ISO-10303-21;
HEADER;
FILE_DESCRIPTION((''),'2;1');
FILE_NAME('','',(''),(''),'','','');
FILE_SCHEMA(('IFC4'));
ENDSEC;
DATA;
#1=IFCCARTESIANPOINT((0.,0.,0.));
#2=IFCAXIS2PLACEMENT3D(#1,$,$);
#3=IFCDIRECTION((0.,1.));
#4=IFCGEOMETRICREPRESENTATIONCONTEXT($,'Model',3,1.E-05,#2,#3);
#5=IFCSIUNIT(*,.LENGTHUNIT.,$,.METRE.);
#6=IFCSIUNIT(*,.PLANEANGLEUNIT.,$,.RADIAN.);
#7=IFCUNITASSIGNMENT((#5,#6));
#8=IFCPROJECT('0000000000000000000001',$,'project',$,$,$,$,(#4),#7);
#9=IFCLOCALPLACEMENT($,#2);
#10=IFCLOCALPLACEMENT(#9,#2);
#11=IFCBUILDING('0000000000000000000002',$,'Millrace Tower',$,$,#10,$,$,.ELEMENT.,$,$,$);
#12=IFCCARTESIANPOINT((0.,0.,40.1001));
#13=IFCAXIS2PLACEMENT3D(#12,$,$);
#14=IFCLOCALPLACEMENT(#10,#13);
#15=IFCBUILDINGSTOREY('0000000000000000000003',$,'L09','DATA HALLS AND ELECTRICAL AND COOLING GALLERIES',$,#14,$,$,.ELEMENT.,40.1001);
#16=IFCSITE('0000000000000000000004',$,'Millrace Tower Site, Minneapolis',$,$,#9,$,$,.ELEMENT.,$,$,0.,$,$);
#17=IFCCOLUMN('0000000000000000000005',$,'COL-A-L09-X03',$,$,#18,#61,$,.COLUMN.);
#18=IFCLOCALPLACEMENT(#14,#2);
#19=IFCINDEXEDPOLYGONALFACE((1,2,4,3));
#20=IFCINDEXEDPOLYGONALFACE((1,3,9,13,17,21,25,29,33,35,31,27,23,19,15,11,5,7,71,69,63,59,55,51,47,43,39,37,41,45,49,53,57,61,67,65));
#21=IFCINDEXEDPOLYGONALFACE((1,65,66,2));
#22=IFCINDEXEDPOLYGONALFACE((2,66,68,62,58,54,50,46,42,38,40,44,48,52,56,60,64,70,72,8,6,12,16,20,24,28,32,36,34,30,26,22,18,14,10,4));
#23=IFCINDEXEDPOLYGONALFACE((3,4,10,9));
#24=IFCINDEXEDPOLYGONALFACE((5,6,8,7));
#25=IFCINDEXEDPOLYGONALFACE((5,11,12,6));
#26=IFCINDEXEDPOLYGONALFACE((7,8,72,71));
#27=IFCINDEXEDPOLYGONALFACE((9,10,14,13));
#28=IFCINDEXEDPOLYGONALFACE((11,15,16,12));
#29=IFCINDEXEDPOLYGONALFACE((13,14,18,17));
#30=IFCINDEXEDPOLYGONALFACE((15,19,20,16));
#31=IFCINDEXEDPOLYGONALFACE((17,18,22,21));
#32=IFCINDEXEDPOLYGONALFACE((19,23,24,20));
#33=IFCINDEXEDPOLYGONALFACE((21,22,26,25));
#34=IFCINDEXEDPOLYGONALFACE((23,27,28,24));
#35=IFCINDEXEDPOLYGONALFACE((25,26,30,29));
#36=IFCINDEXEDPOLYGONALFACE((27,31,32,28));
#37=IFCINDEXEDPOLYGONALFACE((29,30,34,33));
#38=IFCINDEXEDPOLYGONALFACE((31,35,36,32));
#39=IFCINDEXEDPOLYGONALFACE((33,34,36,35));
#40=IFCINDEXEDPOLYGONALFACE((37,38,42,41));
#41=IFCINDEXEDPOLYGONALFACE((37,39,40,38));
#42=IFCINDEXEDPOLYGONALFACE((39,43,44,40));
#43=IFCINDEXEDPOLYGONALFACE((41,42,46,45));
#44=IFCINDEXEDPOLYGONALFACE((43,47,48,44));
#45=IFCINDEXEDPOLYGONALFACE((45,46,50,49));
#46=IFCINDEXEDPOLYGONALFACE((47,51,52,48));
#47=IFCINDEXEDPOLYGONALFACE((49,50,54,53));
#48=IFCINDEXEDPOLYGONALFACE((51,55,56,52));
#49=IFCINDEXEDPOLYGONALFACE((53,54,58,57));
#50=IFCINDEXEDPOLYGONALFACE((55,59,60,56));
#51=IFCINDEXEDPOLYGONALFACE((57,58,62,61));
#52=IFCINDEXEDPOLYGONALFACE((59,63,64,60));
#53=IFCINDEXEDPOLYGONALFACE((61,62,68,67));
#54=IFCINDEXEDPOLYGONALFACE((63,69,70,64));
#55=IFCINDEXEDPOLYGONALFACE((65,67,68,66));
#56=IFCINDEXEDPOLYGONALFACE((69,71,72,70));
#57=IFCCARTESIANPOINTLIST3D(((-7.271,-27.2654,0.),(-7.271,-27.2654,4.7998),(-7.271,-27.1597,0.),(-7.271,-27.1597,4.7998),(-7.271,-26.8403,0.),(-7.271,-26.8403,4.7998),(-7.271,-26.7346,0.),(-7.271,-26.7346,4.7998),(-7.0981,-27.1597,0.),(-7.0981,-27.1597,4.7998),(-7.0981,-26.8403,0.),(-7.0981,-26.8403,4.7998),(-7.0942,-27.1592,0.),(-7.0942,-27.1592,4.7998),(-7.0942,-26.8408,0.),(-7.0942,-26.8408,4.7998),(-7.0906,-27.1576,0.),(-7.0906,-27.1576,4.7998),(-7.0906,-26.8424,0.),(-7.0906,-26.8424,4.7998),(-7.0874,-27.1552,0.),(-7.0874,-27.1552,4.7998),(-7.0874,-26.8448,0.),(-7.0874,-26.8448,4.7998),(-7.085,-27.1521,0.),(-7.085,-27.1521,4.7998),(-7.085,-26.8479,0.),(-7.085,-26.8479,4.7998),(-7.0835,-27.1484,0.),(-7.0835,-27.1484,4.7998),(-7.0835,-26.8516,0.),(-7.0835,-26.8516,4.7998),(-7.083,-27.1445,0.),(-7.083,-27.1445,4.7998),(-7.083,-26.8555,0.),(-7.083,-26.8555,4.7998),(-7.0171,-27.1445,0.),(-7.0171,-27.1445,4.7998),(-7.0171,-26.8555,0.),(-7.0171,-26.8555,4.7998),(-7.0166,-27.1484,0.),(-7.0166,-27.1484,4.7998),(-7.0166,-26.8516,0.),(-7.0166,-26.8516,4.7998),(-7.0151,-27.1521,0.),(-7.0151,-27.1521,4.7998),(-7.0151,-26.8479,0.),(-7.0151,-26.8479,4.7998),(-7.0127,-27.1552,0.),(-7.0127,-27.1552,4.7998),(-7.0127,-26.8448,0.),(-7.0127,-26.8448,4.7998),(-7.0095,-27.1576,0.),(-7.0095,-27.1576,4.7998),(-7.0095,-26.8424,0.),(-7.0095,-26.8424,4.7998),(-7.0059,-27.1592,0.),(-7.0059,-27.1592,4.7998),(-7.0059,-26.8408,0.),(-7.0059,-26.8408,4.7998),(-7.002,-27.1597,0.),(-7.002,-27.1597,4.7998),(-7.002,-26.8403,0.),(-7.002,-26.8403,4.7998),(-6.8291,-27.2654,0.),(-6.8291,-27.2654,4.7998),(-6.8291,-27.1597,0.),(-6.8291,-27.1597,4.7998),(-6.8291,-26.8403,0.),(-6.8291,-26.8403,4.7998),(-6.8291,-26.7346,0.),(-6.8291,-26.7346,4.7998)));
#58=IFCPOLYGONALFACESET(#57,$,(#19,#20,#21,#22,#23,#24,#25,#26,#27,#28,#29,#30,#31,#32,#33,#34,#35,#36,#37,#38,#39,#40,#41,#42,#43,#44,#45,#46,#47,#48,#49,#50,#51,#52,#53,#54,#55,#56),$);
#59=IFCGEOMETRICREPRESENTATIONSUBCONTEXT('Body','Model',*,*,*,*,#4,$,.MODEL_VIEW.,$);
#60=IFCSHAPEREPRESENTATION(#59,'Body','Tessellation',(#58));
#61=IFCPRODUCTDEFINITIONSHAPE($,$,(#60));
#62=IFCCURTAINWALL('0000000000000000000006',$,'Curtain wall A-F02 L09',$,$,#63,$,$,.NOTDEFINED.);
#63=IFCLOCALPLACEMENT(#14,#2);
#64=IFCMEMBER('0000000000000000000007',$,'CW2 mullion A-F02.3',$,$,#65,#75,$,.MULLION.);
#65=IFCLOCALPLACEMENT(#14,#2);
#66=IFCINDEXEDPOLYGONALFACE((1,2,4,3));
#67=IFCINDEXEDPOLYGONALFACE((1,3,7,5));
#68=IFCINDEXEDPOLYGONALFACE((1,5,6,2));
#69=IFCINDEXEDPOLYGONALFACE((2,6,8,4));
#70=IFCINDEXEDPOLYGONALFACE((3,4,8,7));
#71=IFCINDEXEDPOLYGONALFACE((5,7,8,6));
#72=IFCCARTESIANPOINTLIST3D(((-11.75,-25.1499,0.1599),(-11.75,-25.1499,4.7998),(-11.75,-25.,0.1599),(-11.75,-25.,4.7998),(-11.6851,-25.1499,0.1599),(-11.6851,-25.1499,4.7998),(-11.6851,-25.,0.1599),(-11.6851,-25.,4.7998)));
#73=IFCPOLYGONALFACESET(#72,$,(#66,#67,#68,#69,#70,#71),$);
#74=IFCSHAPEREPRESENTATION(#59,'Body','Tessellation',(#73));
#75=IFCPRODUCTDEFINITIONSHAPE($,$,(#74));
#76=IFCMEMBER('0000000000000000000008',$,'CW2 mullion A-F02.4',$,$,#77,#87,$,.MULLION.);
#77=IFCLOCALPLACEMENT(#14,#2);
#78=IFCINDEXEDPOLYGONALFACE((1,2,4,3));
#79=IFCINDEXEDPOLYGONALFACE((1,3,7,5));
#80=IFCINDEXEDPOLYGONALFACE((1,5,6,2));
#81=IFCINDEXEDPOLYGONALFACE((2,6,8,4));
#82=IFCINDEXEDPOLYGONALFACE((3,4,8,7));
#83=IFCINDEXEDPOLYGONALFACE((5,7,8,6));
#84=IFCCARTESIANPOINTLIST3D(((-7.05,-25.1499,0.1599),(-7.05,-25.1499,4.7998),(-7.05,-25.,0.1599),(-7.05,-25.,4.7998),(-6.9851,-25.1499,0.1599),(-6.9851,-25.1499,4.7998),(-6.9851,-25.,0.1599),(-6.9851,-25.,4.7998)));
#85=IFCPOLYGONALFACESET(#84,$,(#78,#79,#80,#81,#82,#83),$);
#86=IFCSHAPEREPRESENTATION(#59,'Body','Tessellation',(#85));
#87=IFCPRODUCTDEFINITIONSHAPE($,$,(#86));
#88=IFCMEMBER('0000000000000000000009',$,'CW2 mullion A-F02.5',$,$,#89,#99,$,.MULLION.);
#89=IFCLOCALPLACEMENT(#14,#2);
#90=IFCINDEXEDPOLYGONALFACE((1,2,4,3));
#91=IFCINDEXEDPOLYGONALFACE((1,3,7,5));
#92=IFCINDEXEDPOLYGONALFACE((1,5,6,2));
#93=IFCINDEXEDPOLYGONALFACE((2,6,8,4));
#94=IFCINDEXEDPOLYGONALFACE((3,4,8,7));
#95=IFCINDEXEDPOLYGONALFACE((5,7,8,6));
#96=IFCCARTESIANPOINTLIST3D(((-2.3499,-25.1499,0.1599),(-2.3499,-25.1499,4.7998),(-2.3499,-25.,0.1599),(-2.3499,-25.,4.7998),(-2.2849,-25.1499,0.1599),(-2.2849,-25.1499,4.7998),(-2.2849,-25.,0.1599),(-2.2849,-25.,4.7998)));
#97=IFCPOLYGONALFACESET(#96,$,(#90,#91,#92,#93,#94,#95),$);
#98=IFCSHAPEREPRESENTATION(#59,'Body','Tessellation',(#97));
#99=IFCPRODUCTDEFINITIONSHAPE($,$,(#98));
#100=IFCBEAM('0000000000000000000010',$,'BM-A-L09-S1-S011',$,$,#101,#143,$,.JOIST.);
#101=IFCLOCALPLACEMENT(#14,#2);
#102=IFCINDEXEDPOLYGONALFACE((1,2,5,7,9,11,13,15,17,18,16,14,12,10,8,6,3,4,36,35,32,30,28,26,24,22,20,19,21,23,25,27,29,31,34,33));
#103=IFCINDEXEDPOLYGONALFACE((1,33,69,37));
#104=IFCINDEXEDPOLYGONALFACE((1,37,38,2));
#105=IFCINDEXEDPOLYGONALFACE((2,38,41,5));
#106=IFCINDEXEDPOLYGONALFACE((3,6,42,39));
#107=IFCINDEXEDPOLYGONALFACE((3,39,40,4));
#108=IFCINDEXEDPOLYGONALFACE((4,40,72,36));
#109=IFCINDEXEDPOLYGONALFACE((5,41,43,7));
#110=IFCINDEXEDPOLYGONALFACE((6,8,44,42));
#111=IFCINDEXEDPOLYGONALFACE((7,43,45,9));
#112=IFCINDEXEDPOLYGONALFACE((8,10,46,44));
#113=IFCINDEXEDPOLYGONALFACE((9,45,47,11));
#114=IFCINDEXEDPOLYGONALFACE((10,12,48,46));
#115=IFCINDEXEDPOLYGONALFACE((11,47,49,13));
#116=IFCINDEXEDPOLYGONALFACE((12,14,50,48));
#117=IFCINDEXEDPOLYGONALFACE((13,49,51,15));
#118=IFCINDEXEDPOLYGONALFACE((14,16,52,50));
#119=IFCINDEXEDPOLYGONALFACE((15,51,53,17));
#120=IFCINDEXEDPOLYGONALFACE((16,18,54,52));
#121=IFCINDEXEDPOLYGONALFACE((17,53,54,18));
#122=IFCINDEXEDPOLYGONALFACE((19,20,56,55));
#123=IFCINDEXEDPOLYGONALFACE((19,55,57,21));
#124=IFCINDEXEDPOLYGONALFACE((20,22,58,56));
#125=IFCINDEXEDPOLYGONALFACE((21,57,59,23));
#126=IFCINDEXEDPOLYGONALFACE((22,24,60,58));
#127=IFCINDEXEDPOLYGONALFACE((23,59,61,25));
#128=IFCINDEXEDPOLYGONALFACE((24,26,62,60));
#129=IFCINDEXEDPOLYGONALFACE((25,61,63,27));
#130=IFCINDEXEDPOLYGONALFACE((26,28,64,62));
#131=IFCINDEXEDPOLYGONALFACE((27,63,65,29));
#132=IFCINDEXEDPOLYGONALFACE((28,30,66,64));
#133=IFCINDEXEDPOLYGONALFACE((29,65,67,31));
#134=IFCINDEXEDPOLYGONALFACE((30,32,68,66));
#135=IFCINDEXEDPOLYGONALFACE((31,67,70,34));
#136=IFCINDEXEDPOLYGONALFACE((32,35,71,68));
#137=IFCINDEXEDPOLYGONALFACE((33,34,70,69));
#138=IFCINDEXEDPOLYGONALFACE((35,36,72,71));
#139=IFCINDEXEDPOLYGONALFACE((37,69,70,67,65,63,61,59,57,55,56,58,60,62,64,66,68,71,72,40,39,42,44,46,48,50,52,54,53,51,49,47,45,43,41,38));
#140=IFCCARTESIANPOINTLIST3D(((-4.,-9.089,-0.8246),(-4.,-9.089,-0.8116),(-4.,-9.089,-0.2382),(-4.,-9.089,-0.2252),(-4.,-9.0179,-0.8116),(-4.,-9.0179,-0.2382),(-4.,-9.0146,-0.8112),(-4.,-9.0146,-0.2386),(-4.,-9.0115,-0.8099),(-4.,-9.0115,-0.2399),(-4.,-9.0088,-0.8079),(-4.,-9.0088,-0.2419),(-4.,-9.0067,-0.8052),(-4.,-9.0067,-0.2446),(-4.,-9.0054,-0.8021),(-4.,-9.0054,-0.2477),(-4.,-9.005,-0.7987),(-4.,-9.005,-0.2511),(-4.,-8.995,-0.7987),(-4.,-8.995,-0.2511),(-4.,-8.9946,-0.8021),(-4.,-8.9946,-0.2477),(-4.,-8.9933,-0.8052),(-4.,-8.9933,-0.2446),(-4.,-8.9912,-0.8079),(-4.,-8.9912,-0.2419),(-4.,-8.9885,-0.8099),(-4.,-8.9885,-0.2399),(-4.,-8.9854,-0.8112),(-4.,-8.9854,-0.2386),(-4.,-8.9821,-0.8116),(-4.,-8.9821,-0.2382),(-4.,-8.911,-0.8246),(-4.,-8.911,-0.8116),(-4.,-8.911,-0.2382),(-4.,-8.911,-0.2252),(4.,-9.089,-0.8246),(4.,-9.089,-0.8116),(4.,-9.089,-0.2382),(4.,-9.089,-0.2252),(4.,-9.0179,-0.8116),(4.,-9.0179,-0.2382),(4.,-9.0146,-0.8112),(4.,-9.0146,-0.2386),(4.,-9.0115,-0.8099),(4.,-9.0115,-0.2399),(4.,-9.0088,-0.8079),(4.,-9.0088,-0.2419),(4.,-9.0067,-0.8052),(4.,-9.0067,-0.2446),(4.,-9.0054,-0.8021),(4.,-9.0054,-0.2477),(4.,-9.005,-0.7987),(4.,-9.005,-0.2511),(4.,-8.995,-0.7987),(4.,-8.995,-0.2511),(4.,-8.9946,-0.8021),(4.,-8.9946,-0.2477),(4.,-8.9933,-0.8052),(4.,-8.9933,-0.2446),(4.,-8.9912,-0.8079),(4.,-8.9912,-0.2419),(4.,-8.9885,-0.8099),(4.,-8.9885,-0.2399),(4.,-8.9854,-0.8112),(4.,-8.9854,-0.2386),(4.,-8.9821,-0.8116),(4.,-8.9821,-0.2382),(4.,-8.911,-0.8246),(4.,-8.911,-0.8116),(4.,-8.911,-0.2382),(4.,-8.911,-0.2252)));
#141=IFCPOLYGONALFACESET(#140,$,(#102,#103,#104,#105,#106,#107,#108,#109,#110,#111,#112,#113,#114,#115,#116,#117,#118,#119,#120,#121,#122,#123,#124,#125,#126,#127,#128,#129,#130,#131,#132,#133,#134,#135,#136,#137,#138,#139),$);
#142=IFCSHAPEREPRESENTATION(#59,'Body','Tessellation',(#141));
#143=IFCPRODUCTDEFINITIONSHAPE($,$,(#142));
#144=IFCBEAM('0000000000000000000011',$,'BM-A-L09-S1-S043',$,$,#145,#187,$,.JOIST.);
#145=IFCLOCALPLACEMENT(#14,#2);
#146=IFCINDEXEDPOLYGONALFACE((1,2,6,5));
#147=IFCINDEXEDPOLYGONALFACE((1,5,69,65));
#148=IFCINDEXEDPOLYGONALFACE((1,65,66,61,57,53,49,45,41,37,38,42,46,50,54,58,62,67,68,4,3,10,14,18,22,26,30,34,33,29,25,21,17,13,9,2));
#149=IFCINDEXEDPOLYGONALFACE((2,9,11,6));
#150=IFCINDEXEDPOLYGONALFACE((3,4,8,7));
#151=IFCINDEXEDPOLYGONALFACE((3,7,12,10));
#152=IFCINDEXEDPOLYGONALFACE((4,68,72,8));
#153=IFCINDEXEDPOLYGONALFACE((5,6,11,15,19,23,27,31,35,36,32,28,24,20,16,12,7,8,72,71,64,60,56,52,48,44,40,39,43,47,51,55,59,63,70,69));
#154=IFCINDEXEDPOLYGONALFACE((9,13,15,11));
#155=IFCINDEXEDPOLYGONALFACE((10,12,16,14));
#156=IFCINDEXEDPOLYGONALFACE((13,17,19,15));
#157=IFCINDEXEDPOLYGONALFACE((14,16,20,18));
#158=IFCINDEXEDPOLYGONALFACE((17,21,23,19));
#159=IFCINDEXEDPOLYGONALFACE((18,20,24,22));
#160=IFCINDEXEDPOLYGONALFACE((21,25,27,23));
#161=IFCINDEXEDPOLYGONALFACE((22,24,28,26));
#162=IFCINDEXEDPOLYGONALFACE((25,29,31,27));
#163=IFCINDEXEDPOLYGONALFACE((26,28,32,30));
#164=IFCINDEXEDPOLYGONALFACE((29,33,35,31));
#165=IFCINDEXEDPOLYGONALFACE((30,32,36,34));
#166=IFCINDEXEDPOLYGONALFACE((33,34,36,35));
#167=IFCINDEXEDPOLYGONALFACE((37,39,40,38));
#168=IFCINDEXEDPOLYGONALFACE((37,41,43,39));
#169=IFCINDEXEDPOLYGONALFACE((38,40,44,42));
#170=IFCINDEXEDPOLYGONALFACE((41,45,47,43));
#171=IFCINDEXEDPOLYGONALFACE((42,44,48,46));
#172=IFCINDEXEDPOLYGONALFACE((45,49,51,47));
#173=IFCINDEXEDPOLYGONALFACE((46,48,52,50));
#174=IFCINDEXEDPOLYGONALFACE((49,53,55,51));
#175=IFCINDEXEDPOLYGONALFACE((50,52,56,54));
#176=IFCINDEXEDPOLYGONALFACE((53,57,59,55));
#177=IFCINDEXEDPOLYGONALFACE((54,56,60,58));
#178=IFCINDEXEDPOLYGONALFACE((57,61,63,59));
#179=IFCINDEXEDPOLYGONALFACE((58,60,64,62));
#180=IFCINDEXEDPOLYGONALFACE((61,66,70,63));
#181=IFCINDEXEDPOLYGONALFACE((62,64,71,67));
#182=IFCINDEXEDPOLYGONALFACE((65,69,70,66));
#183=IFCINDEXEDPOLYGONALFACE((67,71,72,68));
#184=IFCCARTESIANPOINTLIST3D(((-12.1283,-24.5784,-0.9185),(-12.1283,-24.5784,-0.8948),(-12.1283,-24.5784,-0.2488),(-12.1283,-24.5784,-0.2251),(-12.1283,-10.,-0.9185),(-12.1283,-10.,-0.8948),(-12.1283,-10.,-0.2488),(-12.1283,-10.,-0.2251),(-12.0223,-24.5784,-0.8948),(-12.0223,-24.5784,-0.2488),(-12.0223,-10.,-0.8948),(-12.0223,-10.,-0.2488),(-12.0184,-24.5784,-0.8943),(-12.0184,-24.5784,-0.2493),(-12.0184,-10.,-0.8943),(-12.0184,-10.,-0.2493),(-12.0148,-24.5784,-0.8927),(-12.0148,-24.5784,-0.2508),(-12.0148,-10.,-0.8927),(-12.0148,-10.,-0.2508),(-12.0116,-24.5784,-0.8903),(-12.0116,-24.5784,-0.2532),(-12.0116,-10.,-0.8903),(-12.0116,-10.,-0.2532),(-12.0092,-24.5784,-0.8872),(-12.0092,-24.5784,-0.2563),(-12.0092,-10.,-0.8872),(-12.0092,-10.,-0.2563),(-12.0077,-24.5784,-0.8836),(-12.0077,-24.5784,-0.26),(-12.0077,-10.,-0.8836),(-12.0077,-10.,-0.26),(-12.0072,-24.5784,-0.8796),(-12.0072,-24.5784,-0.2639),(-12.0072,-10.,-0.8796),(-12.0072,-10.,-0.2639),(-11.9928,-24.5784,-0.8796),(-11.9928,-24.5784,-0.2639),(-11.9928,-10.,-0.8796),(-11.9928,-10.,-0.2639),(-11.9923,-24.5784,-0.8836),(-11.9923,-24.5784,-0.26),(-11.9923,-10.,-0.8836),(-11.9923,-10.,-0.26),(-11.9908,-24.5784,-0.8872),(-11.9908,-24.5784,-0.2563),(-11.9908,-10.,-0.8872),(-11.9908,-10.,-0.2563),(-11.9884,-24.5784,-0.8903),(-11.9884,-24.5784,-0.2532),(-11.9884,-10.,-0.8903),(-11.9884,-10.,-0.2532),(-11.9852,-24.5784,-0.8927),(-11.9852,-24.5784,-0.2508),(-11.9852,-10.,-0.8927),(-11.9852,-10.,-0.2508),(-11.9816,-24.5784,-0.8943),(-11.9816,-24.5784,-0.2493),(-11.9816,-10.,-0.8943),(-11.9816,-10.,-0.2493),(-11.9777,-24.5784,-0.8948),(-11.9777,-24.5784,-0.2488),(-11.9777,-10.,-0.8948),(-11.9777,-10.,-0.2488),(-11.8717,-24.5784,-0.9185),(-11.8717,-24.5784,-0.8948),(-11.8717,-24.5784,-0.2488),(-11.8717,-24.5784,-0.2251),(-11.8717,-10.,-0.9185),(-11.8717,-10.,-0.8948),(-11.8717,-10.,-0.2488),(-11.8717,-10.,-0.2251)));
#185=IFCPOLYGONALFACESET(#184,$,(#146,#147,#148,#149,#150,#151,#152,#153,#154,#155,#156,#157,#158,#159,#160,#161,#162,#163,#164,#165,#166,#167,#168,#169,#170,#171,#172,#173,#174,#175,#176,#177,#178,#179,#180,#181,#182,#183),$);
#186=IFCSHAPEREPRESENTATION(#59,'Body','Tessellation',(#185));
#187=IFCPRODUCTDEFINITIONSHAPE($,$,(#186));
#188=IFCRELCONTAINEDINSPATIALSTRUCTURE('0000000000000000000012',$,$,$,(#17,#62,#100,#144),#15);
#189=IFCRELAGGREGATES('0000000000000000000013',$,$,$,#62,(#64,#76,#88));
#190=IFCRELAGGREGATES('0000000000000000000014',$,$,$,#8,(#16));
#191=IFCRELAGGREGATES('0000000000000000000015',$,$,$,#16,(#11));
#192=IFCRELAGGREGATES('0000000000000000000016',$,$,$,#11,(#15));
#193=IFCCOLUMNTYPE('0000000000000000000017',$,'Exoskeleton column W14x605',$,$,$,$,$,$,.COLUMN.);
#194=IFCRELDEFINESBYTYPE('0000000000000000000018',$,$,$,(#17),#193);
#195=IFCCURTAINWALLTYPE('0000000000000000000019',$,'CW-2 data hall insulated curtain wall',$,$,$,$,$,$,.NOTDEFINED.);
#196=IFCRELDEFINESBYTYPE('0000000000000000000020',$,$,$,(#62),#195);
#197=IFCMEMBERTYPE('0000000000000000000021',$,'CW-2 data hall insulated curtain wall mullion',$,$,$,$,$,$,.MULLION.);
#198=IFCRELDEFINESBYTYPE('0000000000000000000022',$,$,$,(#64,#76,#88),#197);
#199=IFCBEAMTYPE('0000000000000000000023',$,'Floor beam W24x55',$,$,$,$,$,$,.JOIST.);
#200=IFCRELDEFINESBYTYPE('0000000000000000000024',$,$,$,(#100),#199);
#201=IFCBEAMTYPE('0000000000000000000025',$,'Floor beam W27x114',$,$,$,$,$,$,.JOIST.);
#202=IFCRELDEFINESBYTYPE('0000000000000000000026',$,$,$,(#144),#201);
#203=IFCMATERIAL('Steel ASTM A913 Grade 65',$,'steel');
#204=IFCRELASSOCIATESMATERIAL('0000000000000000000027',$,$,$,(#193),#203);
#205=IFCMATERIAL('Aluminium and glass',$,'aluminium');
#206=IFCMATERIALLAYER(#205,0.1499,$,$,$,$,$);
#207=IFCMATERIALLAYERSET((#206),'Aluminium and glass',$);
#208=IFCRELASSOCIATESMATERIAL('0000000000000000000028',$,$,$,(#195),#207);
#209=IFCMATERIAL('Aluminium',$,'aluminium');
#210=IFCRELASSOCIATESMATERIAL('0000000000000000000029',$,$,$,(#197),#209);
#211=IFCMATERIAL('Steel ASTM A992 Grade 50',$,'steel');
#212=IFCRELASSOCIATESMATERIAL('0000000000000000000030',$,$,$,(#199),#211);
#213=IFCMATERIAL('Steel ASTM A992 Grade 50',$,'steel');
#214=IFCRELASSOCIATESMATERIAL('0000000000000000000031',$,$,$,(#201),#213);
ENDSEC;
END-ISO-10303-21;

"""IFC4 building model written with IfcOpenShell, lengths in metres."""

from ifc_helpers import new_model, si_unit, direction, frame, origin, origin_2d, place, context, subcontext, project, spatial, rectangle, i_section, extrude, material, layer, layer_set, material_profile, profile_set, type_object, element, aggregate, save


model = new_model("IFC4")

# Units and contexts
model_context = context("Model", 3, precision=1e-05, world=origin(), true_north=direction((0.0, 1.0)))
body_context = subcontext(model_context, "Body", "Model", "MODEL_VIEW")
ifc_project = project(units=[si_unit("LENGTHUNIT", "METRE"), si_unit("PLANEANGLEUNIT", "RADIAN")], contexts=[model_context])

# Site, building, storey
site_placement = place(None, origin())
site = spatial("IfcSite", under=ifc_project, at=site_placement, Name="Millrace Tower Site, Minneapolis", CompositionType="ELEMENT", RefElevation=0.0)
building_placement = place(site_placement, origin())
building = spatial("IfcBuilding", under=site, at=building_placement, Name="Millrace Tower", CompositionType="ELEMENT")
storey_placement = place(building_placement, frame((0.0, 0.0, 40.1001)))
storey = spatial("IfcBuildingStorey", under=building, at=storey_placement, Name="L09", Description="DATA HALLS AND ELECTRICAL AND COOLING GALLERIES", CompositionType="ELEMENT", Elevation=40.1001)

# Column
ifc_material_1 = material(Name="Steel ASTM A913 Grade 65", Category="steel")
ifc_material_profile_1 = material_profile(ifc_material_1, i_section(OverallWidth=0.4419, OverallDepth=0.5308, WebThickness=0.0659, FlangeThickness=0.1057, FilletRadius=0.0151, at=origin_2d()))
ifc_profile_set_1 = profile_set([ifc_material_profile_1], Name="Steel ASTM A913 Grade 65")
column_type = type_object("IfcColumnType", Name="Exoskeleton column W14x605", PredefinedType="COLUMN", material=ifc_profile_set_1)
column_placement = place(storey_placement, frame((-7.05, -27.0, 0.0), z_axis=(0.0, 0.0, 1.0), x_axis=(1.0, 0.0, 0.0)))
element("IfcColumn", 1, at=column_placement, inside=storey, type_object=column_type, Name="COL-A-L09-X03", PredefinedType="COLUMN", context=body_context, shape_type="SweptSolid", body=[
    extrude(i_section(OverallWidth=0.4419, OverallDepth=0.5308, WebThickness=0.0659, FlangeThickness=0.1057, FilletRadius=0.0151, at=origin_2d()), origin(), (0.0, 0.0, 1.0), 4.7998),
])

# Curtain wall, members
ifc_material_2 = material(Name="Aluminium and glass", Category="aluminium")
ifc_layer_1 = layer(ifc_material_2, 0.1499)
ifc_layer_set_1 = layer_set([ifc_layer_1], Name="Aluminium and glass")
curtain_wall_type = type_object("IfcCurtainWallType", Name="CW-2 data hall insulated curtain wall", PredefinedType="NOTDEFINED", material=ifc_layer_set_1)
curtain_wall_placement = place(storey_placement, origin())
curtain_wall = element("IfcCurtainWall", 2, at=curtain_wall_placement, inside=storey, type_object=curtain_wall_type, Name="Curtain wall A-F02 L09", PredefinedType="NOTDEFINED")
ifc_material_3 = material(Name="Aluminium", Category="aluminium")
ifc_material_profile_2 = material_profile(ifc_material_3, rectangle(XDim=0.0649, YDim=0.1499, at=origin_2d()))
ifc_profile_set_2 = profile_set([ifc_material_profile_2], Name="Aluminium")
member_type = type_object("IfcMemberType", Name="CW-2 data hall insulated curtain wall mullion", PredefinedType="MULLION", material=ifc_profile_set_2)
member_1_placement = place(storey_placement, frame((-11.7175, -25.075, 0.1599), z_axis=(0.0, 0.0, 1.0), x_axis=(1.0, 0.0, 0.0)))
member_1 = element("IfcMember", 3, at=member_1_placement, type_object=member_type, Name="CW2 mullion A-F02.3", PredefinedType="MULLION", context=body_context, shape_type="SweptSolid", body=[
    extrude(rectangle(XDim=0.0649, YDim=0.1499, at=origin_2d()), origin(), (0.0, 0.0, 1.0), 4.6399),
])
member_2_placement = place(storey_placement, frame((-7.0176, -25.075, 0.1599), z_axis=(0.0, 0.0, 1.0), x_axis=(1.0, 0.0, 0.0)))
member_2 = element("IfcMember", 4, at=member_2_placement, type_object=member_type, Name="CW2 mullion A-F02.4", PredefinedType="MULLION", context=body_context, shape_type="SweptSolid", body=[
    extrude(rectangle(XDim=0.0649, YDim=0.1499, at=origin_2d()), origin(), (0.0, 0.0, 1.0), 4.6399),
])
member_3_placement = place(storey_placement, frame((-2.3174, -25.075, 0.1599), z_axis=(0.0, 0.0, 1.0), x_axis=(1.0, 0.0, 0.0)))
member_3 = element("IfcMember", 5, at=member_3_placement, type_object=member_type, Name="CW2 mullion A-F02.5", PredefinedType="MULLION", context=body_context, shape_type="SweptSolid", body=[
    extrude(rectangle(XDim=0.0649, YDim=0.1499, at=origin_2d()), origin(), (0.0, 0.0, 1.0), 4.6399),
])
aggregate(curtain_wall, [member_1, member_2, member_3])

# Beams
ifc_material_4 = material(Name="Steel ASTM A992 Grade 50", Category="steel")
ifc_material_profile_3 = material_profile(ifc_material_4, i_section(OverallWidth=0.178, OverallDepth=0.5994, WebThickness=0.01, FlangeThickness=0.0129, FilletRadius=0.0129, at=origin_2d()))
ifc_profile_set_3 = profile_set([ifc_material_profile_3], Name="Steel ASTM A992 Grade 50")
beam_type_1 = type_object("IfcBeamType", Name="Floor beam W24x55", PredefinedType="JOIST", material=ifc_profile_set_3)
beam_1_placement = place(storey_placement, frame((-4.0, -9.0, -0.5249), z_axis=(1.0, 0.0, 0.0), x_axis=(0.0, 1.0, 0.0)))
element("IfcBeam", 6, at=beam_1_placement, inside=storey, type_object=beam_type_1, Name="BM-A-L09-S1-S011", PredefinedType="JOIST", context=body_context, shape_type="SweptSolid", body=[
    extrude(i_section(OverallWidth=0.178, OverallDepth=0.5994, WebThickness=0.01, FlangeThickness=0.0129, FilletRadius=0.0129, at=origin_2d()), origin(), (0.0, 0.0, 1.0), 8.0),
])
ifc_material_5 = material(Name="Steel ASTM A992 Grade 50", Category="steel")
ifc_material_profile_4 = material_profile(ifc_material_5, i_section(OverallWidth=0.2566, OverallDepth=0.6934, WebThickness=0.0144, FlangeThickness=0.0237, FilletRadius=0.0151, at=origin_2d()))
ifc_profile_set_4 = profile_set([ifc_material_profile_4], Name="Steel ASTM A992 Grade 50")
beam_type_2 = type_object("IfcBeamType", Name="Floor beam W27x114", PredefinedType="JOIST", material=ifc_profile_set_4)
for number, where, z_axis, x_axis, name in (
    (7, (-12.0, -24.5784, -0.5718), (0.0, 1.0, 0.0), (-1.0, 0.0, 0.0), "BM-A-L09-S1-S043"),
):
    element("IfcBeam", number, at=place(storey_placement, frame(where, z_axis=z_axis, x_axis=x_axis)), inside=storey, type_object=beam_type_2, Name=name, PredefinedType="JOIST", context=body_context, shape_type="SweptSolid", body=[
        extrude(i_section(OverallWidth=0.2566, OverallDepth=0.6934, WebThickness=0.0144, FlangeThickness=0.0237, FilletRadius=0.0151, at=origin_2d()), origin(), (0.0, 0.0, 1.0), 14.5784),
    ])

save(model, "model.ifc")
